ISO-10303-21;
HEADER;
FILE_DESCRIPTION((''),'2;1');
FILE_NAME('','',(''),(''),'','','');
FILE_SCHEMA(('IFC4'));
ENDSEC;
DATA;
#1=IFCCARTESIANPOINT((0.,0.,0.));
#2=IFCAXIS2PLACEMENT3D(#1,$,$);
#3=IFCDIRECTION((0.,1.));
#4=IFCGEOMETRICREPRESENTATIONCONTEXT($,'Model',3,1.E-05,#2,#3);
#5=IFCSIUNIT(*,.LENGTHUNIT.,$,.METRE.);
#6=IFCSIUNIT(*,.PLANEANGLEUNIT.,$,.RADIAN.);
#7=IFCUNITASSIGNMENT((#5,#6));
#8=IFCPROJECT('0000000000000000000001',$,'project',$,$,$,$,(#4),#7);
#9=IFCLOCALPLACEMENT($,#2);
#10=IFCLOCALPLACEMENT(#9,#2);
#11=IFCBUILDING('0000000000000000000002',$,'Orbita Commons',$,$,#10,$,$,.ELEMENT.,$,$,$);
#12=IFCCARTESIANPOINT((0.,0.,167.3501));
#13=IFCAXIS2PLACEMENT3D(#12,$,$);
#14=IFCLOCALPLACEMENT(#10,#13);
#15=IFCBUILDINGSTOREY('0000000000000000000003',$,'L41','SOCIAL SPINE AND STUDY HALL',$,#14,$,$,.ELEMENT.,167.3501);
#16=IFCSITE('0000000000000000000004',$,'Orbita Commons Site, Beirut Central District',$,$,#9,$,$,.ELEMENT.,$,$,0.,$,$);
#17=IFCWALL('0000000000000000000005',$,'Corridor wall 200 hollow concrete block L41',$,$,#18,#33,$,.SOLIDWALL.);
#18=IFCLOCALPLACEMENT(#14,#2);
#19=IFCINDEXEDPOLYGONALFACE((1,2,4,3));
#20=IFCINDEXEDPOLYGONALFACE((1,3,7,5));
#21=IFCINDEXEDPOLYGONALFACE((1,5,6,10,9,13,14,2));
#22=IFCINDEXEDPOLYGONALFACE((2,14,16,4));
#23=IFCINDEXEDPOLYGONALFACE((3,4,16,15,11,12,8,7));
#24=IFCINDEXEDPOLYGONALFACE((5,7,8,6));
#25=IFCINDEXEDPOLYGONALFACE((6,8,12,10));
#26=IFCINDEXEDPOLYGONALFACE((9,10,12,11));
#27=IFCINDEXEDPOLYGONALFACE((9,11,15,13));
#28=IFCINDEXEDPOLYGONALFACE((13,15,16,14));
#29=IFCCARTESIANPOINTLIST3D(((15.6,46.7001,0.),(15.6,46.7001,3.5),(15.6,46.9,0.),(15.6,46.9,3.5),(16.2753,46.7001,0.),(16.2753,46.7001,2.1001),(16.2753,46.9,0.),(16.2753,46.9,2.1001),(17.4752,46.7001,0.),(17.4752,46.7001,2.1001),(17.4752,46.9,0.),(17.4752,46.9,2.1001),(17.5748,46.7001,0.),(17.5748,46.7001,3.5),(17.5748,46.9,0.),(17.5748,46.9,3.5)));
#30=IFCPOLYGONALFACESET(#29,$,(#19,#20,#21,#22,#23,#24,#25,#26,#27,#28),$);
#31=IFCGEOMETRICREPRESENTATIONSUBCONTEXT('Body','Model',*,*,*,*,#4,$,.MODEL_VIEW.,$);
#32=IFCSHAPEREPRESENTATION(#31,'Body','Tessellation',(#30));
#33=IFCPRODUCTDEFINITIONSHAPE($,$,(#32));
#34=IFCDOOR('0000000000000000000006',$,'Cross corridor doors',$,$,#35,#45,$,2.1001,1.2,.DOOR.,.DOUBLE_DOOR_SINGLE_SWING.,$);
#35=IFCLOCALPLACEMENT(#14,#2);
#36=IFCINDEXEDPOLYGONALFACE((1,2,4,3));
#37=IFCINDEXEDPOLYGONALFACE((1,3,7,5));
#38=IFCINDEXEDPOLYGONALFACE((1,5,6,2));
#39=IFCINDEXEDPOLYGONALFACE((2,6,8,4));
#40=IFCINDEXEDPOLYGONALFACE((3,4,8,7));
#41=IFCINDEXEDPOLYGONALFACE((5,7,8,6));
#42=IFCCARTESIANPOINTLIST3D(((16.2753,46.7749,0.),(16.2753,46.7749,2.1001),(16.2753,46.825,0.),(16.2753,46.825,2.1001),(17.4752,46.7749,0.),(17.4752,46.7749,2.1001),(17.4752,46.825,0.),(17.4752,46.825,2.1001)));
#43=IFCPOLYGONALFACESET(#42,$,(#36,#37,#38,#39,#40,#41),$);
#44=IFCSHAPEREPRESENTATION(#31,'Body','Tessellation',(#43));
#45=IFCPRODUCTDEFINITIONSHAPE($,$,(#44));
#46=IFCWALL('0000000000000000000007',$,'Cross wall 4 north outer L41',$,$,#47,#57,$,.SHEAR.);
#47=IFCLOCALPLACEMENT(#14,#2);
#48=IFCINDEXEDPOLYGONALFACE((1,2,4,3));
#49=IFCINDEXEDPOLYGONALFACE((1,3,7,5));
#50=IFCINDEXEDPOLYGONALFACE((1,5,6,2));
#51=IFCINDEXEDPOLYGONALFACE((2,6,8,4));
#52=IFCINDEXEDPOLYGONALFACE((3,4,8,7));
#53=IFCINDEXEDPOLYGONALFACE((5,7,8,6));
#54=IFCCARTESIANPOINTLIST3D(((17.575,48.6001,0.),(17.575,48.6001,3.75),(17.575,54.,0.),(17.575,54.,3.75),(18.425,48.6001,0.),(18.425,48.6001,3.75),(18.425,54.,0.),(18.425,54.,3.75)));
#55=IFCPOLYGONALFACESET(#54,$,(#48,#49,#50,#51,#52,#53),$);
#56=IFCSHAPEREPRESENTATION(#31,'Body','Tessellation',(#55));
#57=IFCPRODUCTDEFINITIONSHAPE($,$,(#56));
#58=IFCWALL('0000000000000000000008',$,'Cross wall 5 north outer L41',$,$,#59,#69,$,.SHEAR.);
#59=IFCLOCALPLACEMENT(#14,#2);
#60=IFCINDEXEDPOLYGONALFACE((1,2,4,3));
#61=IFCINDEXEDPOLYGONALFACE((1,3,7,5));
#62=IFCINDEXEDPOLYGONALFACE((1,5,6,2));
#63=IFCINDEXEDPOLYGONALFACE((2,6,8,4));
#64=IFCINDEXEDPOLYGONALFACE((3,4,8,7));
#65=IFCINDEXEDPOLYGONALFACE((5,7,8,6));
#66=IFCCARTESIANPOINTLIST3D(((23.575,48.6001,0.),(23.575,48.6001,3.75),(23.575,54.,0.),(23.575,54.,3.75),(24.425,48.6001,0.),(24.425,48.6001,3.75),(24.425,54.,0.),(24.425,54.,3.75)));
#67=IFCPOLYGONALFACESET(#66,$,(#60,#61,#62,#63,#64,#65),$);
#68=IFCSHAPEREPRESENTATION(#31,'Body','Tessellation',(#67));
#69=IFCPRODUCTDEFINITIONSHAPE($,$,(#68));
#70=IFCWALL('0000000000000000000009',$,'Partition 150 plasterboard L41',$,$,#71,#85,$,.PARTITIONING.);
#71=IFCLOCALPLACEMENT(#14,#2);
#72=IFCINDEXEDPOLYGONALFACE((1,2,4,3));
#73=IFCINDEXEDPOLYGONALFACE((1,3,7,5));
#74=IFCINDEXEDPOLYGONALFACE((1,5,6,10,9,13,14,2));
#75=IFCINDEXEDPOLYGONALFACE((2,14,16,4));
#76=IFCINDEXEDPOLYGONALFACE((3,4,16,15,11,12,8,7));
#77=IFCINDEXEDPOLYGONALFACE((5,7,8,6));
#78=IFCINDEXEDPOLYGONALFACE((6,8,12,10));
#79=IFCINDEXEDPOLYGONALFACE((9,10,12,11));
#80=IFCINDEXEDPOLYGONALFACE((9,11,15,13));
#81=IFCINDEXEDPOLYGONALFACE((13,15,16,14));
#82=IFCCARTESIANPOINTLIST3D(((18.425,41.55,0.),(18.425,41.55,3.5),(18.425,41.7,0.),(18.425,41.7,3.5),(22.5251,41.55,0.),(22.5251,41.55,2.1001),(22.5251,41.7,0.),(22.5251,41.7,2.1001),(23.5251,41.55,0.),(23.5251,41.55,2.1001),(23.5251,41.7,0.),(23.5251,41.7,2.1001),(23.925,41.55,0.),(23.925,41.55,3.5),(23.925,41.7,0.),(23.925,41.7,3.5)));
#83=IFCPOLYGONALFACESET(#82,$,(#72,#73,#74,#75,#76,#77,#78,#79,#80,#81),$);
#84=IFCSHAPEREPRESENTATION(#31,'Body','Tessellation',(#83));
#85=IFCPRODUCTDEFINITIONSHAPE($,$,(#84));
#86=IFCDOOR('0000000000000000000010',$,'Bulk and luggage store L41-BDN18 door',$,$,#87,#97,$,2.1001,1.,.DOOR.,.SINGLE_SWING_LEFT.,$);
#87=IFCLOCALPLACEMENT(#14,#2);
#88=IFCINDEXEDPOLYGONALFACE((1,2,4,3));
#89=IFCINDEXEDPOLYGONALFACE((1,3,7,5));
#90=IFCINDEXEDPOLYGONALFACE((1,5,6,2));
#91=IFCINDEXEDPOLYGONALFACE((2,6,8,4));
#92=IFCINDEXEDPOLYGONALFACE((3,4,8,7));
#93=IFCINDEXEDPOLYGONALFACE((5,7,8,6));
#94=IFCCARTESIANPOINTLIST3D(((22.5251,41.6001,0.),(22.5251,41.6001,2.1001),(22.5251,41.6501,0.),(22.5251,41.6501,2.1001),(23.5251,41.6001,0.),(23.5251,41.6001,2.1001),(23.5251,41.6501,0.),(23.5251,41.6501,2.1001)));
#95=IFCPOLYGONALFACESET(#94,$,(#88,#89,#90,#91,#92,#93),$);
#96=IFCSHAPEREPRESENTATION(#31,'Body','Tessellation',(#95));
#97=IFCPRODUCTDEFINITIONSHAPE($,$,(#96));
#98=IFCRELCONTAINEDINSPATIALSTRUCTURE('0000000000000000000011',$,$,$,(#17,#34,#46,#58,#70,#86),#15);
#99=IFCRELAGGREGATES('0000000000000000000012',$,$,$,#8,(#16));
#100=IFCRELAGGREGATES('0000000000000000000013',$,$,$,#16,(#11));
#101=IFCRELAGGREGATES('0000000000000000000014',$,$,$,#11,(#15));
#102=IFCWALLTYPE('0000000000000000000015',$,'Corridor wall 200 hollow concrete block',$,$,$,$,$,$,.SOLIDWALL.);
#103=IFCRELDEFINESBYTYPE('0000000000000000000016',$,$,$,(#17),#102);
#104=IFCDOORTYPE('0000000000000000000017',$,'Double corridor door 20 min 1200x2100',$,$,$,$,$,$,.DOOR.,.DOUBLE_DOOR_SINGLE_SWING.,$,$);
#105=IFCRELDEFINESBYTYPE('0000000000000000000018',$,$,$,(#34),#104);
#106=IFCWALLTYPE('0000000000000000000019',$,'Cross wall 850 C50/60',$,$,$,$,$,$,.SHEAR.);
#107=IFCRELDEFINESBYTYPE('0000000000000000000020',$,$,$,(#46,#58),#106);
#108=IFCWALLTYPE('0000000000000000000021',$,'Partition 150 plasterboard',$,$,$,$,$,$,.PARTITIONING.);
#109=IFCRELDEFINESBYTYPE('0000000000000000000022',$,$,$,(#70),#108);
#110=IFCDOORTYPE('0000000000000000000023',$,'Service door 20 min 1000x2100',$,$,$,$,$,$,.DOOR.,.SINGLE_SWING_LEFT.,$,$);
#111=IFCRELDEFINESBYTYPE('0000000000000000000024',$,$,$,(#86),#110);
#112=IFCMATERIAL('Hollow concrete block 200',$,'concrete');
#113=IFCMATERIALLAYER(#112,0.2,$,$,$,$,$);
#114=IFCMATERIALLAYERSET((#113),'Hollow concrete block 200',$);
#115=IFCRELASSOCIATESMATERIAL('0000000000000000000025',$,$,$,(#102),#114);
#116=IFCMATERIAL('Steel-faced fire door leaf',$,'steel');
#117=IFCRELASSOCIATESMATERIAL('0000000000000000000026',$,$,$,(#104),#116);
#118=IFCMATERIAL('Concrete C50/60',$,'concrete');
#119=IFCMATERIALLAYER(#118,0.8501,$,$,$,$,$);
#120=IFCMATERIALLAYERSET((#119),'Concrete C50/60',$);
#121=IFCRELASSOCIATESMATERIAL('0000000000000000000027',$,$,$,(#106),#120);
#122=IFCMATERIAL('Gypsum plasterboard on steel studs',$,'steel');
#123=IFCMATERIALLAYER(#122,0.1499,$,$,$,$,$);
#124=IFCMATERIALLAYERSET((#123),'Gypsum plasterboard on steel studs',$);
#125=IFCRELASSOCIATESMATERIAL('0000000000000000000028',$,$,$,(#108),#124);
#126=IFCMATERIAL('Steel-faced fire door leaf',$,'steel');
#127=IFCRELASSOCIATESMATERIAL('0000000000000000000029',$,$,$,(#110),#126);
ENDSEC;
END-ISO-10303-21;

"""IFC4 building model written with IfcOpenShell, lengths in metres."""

from ifc_helpers import new_model, si_unit, direction, frame, frame_2d, origin, place, context, subcontext, project, spatial, rectangle, extrude, material, layer, layer_set, type_object, element, fill, save


model = new_model("IFC4")

# Units and contexts
model_context = context("Model", 3, precision=1e-05, world=origin(), true_north=direction((0.0, 1.0)))
body_context = subcontext(model_context, "Body", "Model", "MODEL_VIEW")
ifc_project = project(units=[si_unit("LENGTHUNIT", "METRE"), si_unit("PLANEANGLEUNIT", "RADIAN")], contexts=[model_context])

# Site, building, storey
site_placement = place(None, origin())
site = spatial("IfcSite", under=ifc_project, at=site_placement, Name="Orbita Commons Site, Beirut Central District", CompositionType="ELEMENT", RefElevation=0.0)
building_placement = place(site_placement, origin())
building = spatial("IfcBuilding", under=site, at=building_placement, Name="Orbita Commons", CompositionType="ELEMENT")
storey_placement = place(building_placement, frame((0.0, 0.0, 167.3501)))
storey = spatial("IfcBuildingStorey", under=building, at=storey_placement, Name="L41", Description="SOCIAL SPINE AND STUDY HALL", CompositionType="ELEMENT", Elevation=167.3501)

# Wall, opening, door
ifc_material_1 = material(Name="Hollow concrete block 200", Category="concrete")
ifc_layer_1 = layer(ifc_material_1, 0.2)
ifc_layer_set_1 = layer_set([ifc_layer_1], Name="Hollow concrete block 200")
wall_type_1 = type_object("IfcWallType", Name="Corridor wall 200 hollow concrete block", PredefinedType="SOLIDWALL", material=ifc_layer_set_1)
wall_1_placement = place(storey_placement, frame((15.6001, 46.8, 0.0), z_axis=(0.0, 0.0, 1.0), x_axis=(1.0, 0.0, 0.0)))
wall_1 = element("IfcWall", 1, at=wall_1_placement, inside=storey, type_object=wall_type_1, Name="Corridor wall 200 hollow concrete block L41", PredefinedType="SOLIDWALL", context=body_context, shape_type="SweptSolid", body=[
    extrude(rectangle(XDim=1.9749, YDim=0.2, at=frame_2d((0.9873, 0.0))), origin(), (0.0, 0.0, 1.0), 3.5),
])
opening_1_placement = place(wall_1_placement, frame((0.675, 0.0, 0.0)))
opening_1 = element("IfcOpeningElement", 2, at=opening_1_placement, cuts=wall_1, PredefinedType="OPENING", context=body_context, shape_type="SweptSolid", body=[
    extrude(rectangle(XDim=1.2, YDim=2.1001, at=frame_2d((0.6001, 1.05))), frame((0.0, 0.1099, 0.0), z_axis=(0.0, -1.0, 0.0), x_axis=(1.0, 0.0, 0.0)), (0.0, 0.0, 1.0), 0.22),
])
ifc_material_2 = material(Name="Steel-faced fire door leaf", Category="steel")
door_type_1 = type_object("IfcDoorType", Name="Double corridor door 20 min 1200x2100", OperationType="DOUBLE_DOOR_SINGLE_SWING", PredefinedType="DOOR", material=ifc_material_2)
door_1_placement = place(opening_1_placement, origin())
door_1 = element("IfcDoor", 3, at=door_1_placement, inside=storey, type_object=door_type_1, Name="Cross corridor doors", OperationType="DOUBLE_DOOR_SINGLE_SWING", OverallHeight=2.1001, OverallWidth=1.2, PredefinedType="DOOR", context=body_context, shape_type="SweptSolid", body=[
    extrude(rectangle(XDim=1.2, YDim=2.1001, at=frame_2d((0.6001, 1.05))), frame((0.0, 0.0249, 0.0), z_axis=(0.0, -1.0, 0.0), x_axis=(1.0, 0.0, 0.0)), (0.0, 0.0, 1.0), 0.05),
])
fill(opening_1, door_1)

# Walls
ifc_material_3 = material(Name="Concrete C50/60", Category="concrete")
ifc_layer_2 = layer(ifc_material_3, 0.8501)
ifc_layer_set_2 = layer_set([ifc_layer_2], Name="Concrete C50/60")
wall_type_2 = type_object("IfcWallType", Name="Cross wall 850 C50/60", PredefinedType="SHEAR", material=ifc_layer_set_2)
for number, where, z_axis, x_axis, name in (
    (4, (18.0, 48.6001, 0.0), (0.0, 0.0, 1.0), (0.0, 1.0, 0.0), "Cross wall 4 north outer L41"),
    (5, (24.0, 48.6001, 0.0), (0.0, 0.0, 1.0), (0.0, 1.0, 0.0), "Cross wall 5 north outer L41"),
):
    element("IfcWall", number, at=place(storey_placement, frame(where, z_axis=z_axis, x_axis=x_axis)), inside=storey, type_object=wall_type_2, Name=name, PredefinedType="SHEAR", context=body_context, shape_type="SweptSolid", body=[
        extrude(rectangle(XDim=5.3999, YDim=0.8501, at=frame_2d((2.7, 0.0))), origin(), (0.0, 0.0, 1.0), 3.75),
    ])

# Wall, opening, door
ifc_material_4 = material(Name="Gypsum plasterboard on steel studs", Category="steel")
ifc_layer_3 = layer(ifc_material_4, 0.1499)
ifc_layer_set_3 = layer_set([ifc_layer_3], Name="Gypsum plasterboard on steel studs")
wall_type_3 = type_object("IfcWallType", Name="Partition 150 plasterboard", PredefinedType="PARTITIONING", material=ifc_layer_set_3)
wall_2_placement = place(storey_placement, frame((23.925, 41.625, 0.0), z_axis=(0.0, 0.0, 1.0), x_axis=(-1.0, 0.0, 0.0)))
wall_2 = element("IfcWall", 6, at=wall_2_placement, inside=storey, type_object=wall_type_3, Name="Partition 150 plasterboard L41", PredefinedType="PARTITIONING", context=body_context, shape_type="SweptSolid", body=[
    extrude(rectangle(XDim=5.5, YDim=0.1499, at=frame_2d((2.75, 0.0))), origin(), (0.0, 0.0, 1.0), 3.5),
])
opening_2_placement = place(wall_2_placement, frame((0.3999, 0.0, 0.0)))
opening_2 = element("IfcOpeningElement", 7, at=opening_2_placement, cuts=wall_2, PredefinedType="OPENING", context=body_context, shape_type="SweptSolid", body=[
    extrude(rectangle(XDim=1.0, YDim=2.1001, at=frame_2d((0.5, 1.05))), frame((0.0, 0.085, 0.0), z_axis=(0.0, -1.0, 0.0), x_axis=(1.0, 0.0, 0.0)), (0.0, 0.0, 1.0), 0.1699),
])
ifc_material_5 = material(Name="Steel-faced fire door leaf", Category="steel")
door_type_2 = type_object("IfcDoorType", Name="Service door 20 min 1000x2100", OperationType="SINGLE_SWING_LEFT", PredefinedType="DOOR", material=ifc_material_5)
door_2_placement = place(opening_2_placement, origin())
door_2 = element("IfcDoor", 8, at=door_2_placement, inside=storey, type_object=door_type_2, Name="Bulk and luggage store L41-BDN18 door", OperationType="SINGLE_SWING_LEFT", OverallHeight=2.1001, OverallWidth=1.0, PredefinedType="DOOR", context=body_context, shape_type="SweptSolid", body=[
    extrude(rectangle(XDim=1.0, YDim=2.1001, at=frame_2d((0.5, 1.05))), frame((0.0, 0.0249, 0.0), z_axis=(0.0, -1.0, 0.0), x_axis=(1.0, 0.0, 0.0)), (0.0, 0.0, 1.0), 0.05),
])
fill(opening_2, door_2)

save(model, "model.ifc")
